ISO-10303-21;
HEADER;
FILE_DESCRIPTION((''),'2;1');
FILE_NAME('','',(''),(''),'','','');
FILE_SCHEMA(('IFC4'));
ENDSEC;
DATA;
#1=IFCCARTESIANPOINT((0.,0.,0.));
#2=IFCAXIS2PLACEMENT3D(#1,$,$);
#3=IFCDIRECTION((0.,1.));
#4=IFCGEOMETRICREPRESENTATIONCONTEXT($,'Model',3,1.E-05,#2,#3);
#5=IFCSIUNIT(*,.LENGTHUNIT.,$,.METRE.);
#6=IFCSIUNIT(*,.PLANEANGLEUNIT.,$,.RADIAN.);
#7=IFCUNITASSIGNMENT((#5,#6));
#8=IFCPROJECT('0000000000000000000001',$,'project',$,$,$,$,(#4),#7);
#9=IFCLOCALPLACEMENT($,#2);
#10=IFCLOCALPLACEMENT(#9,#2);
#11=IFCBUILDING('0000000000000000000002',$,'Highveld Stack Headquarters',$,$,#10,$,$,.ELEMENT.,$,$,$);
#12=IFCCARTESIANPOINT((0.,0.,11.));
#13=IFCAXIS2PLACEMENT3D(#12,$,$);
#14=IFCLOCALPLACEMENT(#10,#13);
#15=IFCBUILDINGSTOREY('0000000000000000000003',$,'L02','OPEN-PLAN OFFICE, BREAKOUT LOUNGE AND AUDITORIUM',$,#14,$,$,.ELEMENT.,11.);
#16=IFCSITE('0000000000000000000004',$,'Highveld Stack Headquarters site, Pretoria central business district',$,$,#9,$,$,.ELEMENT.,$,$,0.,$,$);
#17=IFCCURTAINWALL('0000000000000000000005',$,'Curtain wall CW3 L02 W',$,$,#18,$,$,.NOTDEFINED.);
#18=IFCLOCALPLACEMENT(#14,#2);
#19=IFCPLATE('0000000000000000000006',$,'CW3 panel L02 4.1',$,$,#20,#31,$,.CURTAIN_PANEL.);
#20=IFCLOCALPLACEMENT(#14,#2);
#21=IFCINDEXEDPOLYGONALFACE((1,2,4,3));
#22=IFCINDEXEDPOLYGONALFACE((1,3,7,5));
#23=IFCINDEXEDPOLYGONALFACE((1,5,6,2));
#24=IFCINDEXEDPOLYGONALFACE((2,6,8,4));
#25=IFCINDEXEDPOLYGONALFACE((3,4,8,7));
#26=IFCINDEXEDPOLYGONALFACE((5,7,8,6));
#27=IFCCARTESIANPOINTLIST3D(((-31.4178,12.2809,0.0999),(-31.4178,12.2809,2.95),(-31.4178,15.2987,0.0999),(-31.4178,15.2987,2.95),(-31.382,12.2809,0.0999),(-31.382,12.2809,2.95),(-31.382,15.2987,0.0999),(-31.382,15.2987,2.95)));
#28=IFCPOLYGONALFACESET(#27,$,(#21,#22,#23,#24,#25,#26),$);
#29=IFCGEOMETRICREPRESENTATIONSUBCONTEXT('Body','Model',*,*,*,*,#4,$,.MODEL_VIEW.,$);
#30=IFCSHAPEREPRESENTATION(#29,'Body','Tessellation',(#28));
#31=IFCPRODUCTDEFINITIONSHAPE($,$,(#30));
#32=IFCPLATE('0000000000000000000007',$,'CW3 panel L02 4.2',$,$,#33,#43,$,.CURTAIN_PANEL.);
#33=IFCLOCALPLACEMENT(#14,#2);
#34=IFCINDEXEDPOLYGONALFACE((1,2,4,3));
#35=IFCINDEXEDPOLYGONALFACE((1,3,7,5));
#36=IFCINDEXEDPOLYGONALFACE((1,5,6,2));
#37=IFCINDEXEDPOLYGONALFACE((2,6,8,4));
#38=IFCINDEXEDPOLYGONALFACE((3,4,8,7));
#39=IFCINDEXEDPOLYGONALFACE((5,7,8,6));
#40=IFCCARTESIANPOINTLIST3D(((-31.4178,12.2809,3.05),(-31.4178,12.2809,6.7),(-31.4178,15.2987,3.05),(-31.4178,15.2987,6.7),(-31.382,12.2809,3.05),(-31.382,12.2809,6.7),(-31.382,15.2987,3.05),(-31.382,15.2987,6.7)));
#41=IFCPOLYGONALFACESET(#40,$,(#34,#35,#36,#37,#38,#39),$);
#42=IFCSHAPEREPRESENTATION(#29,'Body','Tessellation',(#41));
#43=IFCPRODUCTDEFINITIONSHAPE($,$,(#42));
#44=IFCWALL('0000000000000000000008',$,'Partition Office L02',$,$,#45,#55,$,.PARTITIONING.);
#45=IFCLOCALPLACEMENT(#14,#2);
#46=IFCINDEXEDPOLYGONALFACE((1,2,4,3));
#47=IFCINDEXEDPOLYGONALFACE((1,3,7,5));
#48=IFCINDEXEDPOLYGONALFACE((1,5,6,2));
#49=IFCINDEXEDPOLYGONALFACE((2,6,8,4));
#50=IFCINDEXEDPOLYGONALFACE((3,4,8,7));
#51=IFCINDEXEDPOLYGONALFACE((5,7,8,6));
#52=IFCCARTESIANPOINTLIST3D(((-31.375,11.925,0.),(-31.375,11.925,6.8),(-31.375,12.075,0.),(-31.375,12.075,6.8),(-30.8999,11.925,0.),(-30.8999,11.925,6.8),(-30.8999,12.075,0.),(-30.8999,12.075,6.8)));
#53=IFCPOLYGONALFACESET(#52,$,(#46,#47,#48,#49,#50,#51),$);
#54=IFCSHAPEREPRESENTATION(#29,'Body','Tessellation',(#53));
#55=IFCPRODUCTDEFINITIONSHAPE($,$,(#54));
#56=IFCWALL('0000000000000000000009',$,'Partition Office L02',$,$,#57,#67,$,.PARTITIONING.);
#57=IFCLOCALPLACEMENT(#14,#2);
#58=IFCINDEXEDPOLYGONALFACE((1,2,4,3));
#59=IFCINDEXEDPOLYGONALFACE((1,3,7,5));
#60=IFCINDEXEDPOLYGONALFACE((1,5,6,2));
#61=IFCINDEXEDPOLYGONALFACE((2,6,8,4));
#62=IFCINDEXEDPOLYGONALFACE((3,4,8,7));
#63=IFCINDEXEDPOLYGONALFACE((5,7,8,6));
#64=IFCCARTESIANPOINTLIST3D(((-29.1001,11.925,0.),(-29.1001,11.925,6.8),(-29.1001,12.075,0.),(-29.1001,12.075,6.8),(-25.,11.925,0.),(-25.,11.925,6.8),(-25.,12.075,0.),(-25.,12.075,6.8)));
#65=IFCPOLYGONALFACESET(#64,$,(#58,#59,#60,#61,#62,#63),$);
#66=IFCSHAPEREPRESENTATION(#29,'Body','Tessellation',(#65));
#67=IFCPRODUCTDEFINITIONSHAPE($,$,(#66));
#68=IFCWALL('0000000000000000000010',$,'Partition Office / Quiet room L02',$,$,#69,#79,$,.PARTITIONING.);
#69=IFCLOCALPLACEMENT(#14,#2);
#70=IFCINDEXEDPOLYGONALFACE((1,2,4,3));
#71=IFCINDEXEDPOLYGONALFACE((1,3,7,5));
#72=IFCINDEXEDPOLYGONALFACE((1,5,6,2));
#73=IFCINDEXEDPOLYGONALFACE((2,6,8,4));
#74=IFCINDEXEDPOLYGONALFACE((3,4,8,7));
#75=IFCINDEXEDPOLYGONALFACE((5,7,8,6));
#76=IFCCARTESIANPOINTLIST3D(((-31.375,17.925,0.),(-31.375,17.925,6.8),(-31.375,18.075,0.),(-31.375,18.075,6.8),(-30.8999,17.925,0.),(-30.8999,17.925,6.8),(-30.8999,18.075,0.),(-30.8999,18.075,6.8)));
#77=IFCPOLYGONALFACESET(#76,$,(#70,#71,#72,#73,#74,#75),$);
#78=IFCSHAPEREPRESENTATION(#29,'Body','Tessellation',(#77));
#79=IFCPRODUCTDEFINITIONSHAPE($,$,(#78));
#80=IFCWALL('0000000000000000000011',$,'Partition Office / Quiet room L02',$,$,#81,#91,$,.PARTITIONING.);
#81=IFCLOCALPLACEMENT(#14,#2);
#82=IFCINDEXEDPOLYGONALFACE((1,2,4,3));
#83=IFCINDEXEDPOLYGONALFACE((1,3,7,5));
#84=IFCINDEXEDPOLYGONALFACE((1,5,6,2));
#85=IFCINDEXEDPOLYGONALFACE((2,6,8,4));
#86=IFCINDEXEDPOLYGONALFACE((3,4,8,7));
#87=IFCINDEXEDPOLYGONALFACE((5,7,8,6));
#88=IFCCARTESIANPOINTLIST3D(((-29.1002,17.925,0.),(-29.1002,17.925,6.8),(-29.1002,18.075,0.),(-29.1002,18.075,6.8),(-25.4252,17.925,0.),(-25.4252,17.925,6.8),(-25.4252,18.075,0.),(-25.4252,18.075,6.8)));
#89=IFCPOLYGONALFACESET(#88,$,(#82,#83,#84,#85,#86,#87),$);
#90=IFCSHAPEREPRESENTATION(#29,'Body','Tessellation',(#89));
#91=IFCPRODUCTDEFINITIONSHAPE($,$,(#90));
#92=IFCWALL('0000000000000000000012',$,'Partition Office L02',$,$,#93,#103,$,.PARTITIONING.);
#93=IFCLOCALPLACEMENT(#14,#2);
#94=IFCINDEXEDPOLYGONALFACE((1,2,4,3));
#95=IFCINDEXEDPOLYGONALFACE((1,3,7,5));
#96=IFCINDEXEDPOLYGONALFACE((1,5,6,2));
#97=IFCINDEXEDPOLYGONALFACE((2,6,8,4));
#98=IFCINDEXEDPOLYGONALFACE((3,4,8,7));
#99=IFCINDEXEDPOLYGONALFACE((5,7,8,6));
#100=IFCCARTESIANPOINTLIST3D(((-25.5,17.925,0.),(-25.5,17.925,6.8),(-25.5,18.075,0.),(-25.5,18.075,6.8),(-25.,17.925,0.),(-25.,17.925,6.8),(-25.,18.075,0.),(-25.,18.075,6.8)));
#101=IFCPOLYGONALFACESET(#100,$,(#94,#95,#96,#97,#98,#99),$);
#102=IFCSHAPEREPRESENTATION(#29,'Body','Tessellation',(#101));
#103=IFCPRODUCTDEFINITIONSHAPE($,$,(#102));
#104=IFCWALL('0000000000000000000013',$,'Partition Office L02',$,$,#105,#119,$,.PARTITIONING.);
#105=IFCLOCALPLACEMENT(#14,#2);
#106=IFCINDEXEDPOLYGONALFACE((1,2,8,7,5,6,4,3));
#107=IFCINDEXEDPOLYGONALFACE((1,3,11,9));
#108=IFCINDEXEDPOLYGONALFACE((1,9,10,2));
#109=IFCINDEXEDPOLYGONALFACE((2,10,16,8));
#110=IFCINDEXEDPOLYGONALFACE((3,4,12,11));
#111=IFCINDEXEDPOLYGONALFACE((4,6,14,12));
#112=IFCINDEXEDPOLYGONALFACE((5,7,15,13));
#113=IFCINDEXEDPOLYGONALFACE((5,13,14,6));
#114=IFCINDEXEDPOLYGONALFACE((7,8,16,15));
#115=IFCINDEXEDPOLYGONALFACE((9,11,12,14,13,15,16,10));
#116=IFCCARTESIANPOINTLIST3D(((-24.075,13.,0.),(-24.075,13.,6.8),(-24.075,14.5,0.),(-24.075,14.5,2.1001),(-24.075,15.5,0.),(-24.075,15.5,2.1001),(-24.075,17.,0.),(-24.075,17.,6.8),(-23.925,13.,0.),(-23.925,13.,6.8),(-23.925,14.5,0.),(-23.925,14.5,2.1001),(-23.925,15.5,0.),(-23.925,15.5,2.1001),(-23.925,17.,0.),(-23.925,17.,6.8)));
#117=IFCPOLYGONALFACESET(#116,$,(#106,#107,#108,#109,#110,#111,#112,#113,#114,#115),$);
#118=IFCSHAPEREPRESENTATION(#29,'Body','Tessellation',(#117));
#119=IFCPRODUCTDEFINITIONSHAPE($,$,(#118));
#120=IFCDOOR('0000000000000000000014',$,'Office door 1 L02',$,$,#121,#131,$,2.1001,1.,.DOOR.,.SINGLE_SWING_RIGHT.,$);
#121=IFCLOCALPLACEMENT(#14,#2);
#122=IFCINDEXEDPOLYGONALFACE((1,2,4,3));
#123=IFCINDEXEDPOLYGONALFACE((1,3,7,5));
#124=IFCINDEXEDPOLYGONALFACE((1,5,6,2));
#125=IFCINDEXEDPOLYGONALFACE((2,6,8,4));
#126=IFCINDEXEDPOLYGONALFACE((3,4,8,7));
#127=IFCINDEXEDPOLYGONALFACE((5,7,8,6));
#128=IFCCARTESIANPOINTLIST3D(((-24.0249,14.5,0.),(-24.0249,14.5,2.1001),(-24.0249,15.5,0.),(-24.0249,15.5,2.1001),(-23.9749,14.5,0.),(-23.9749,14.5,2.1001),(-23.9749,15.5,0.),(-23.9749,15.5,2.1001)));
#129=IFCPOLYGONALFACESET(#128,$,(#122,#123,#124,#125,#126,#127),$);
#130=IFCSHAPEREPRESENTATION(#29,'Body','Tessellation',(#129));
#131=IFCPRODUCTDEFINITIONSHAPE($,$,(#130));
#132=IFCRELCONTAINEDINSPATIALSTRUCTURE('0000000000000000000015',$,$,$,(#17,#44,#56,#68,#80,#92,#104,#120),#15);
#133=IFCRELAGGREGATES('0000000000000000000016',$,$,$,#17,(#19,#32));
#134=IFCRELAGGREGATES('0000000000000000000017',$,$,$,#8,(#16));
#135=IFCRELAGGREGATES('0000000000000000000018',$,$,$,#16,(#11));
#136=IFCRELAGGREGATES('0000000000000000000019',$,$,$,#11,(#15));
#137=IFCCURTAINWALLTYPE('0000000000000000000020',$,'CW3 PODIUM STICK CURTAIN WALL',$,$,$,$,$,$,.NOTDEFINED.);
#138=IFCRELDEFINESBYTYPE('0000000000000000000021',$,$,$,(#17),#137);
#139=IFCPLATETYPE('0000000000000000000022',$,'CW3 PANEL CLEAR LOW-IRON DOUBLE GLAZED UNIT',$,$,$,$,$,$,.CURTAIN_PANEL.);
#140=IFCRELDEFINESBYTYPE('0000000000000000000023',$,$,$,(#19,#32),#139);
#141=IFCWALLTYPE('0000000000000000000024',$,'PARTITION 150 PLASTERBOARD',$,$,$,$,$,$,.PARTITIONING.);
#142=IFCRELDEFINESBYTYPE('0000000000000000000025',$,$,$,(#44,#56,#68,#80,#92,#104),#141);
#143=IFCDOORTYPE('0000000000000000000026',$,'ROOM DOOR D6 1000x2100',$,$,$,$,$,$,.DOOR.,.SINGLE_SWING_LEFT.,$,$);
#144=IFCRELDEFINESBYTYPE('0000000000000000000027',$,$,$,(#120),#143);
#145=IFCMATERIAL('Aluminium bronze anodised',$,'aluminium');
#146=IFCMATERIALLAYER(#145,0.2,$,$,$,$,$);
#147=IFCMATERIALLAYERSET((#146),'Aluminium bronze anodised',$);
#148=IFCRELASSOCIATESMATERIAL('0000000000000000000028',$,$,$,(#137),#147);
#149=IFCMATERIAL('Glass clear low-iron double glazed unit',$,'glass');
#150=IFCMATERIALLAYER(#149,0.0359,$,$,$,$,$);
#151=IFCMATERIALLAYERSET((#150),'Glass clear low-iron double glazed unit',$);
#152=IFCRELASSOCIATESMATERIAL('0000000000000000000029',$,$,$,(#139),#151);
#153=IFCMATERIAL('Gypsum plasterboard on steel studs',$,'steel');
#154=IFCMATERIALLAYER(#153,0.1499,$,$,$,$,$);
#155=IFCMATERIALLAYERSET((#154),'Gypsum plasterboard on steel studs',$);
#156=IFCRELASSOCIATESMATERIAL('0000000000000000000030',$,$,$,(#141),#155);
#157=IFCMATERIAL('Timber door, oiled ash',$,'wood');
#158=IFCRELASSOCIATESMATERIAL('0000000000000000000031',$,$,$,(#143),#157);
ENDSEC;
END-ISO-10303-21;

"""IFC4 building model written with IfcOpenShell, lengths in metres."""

from ifc_helpers import new_model, si_unit, direction, frame, frame_2d, origin, origin_2d, place, context, subcontext, project, spatial, rectangle, extrude, material, layer, layer_set, type_object, element, fill, aggregate, save


model = new_model("IFC4")

# Units and contexts
model_context = context("Model", 3, precision=1e-05, world=origin(), true_north=direction((0.0, 1.0)))
body_context = subcontext(model_context, "Body", "Model", "MODEL_VIEW")
ifc_project = project(units=[si_unit("LENGTHUNIT", "METRE"), si_unit("PLANEANGLEUNIT", "RADIAN")], contexts=[model_context])

# Site, building, storey
site_placement = place(None, origin())
site = spatial("IfcSite", under=ifc_project, at=site_placement, Name="Highveld Stack Headquarters site, Pretoria central business district", CompositionType="ELEMENT", RefElevation=0.0)
building_placement = place(site_placement, origin())
building = spatial("IfcBuilding", under=site, at=building_placement, Name="Highveld Stack Headquarters", CompositionType="ELEMENT")
storey_placement = place(building_placement, frame((0.0, 0.0, 11.0)))
storey = spatial("IfcBuildingStorey", under=building, at=storey_placement, Name="L02", Description="OPEN-PLAN OFFICE, BREAKOUT LOUNGE AND AUDITORIUM", CompositionType="ELEMENT", Elevation=11.0)

# Curtain wall, plates
ifc_material_1 = material(Name="Aluminium bronze anodised", Category="aluminium")
ifc_layer_1 = layer(ifc_material_1, 0.2)
ifc_layer_set_1 = layer_set([ifc_layer_1], Name="Aluminium bronze anodised")
curtain_wall_type = type_object("IfcCurtainWallType", Name="CW3 PODIUM STICK CURTAIN WALL", PredefinedType="NOTDEFINED", material=ifc_layer_set_1)
curtain_wall_placement = place(storey_placement, origin())
curtain_wall = element("IfcCurtainWall", 1, at=curtain_wall_placement, inside=storey, type_object=curtain_wall_type, Name="Curtain wall CW3 L02 W", PredefinedType="NOTDEFINED")
ifc_material_2 = material(Name="Glass clear low-iron double glazed unit", Category="glass")
ifc_layer_2 = layer(ifc_material_2, 0.0359)
ifc_layer_set_2 = layer_set([ifc_layer_2], Name="Glass clear low-iron double glazed unit")
plate_type = type_object("IfcPlateType", Name="CW3 PANEL CLEAR LOW-IRON DOUBLE GLAZED UNIT", PredefinedType="CURTAIN_PANEL", material=ifc_layer_set_2)
plate_1_placement = place(storey_placement, frame((-31.3999, 13.7898, 0.0999), z_axis=(0.0, 0.0, 1.0), x_axis=(0.0, -1.0, 0.0)))
plate_1 = element("IfcPlate", 2, at=plate_1_placement, type_object=plate_type, Name="CW3 panel L02 4.1", PredefinedType="CURTAIN_PANEL", context=body_context, shape_type="SweptSolid", body=[
    extrude(rectangle(XDim=3.0178, YDim=0.0359, at=origin_2d()), origin(), (0.0, 0.0, 1.0), 2.8501),
])
plate_2_placement = place(storey_placement, frame((-31.3999, 13.7898, 3.05), z_axis=(0.0, 0.0, 1.0), x_axis=(0.0, -1.0, 0.0)))
plate_2 = element("IfcPlate", 3, at=plate_2_placement, type_object=plate_type, Name="CW3 panel L02 4.2", PredefinedType="CURTAIN_PANEL", context=body_context, shape_type="SweptSolid", body=[
    extrude(rectangle(XDim=3.0178, YDim=0.0359, at=origin_2d()), origin(), (0.0, 0.0, 1.0), 3.6499),
])
aggregate(curtain_wall, [plate_1, plate_2])

# Walls
ifc_material_3 = material(Name="Gypsum plasterboard on steel studs", Category="steel")
ifc_layer_3 = layer(ifc_material_3, 0.1499)
ifc_layer_set_3 = layer_set([ifc_layer_3], Name="Gypsum plasterboard on steel studs")
wall_type = type_object("IfcWallType", Name="PARTITION 150 PLASTERBOARD", PredefinedType="PARTITIONING", material=ifc_layer_set_3)
wall_1_placement = place(storey_placement, frame((-31.375, 12.0, 0.0), z_axis=(0.0, 0.0, 1.0), x_axis=(1.0, 0.0, 0.0)))
element("IfcWall", 4, at=wall_1_placement, inside=storey, type_object=wall_type, Name="Partition Office L02", PredefinedType="PARTITIONING", context=body_context, shape_type="SweptSolid", body=[
    extrude(rectangle(XDim=0.4751, YDim=0.1499, at=frame_2d((0.2375, 0.0))), origin(), (0.0, 0.0, 1.0), 6.8),
])
wall_2_placement = place(storey_placement, frame((-29.1001, 12.0, 0.0), z_axis=(0.0, 0.0, 1.0), x_axis=(1.0, 0.0, 0.0)))
element("IfcWall", 5, at=wall_2_placement, inside=storey, type_object=wall_type, Name="Partition Office L02", PredefinedType="PARTITIONING", context=body_context, shape_type="SweptSolid", body=[
    extrude(rectangle(XDim=4.1001, YDim=0.1499, at=frame_2d((2.05, 0.0))), origin(), (0.0, 0.0, 1.0), 6.8),
])
wall_3_placement = place(storey_placement, frame((-31.375, 18.0, 0.0), z_axis=(0.0, 0.0, 1.0), x_axis=(1.0, 0.0, 0.0)))
element("IfcWall", 6, at=wall_3_placement, inside=storey, type_object=wall_type, Name="Partition Office / Quiet room L02", PredefinedType="PARTITIONING", context=body_context, shape_type="SweptSolid", body=[
    extrude(rectangle(XDim=0.4751, YDim=0.1499, at=frame_2d((0.2375, 0.0))), origin(), (0.0, 0.0, 1.0), 6.8),
])
wall_4_placement = place(storey_placement, frame((-29.1001, 18.0, 0.0), z_axis=(0.0, 0.0, 1.0), x_axis=(1.0, 0.0, 0.0)))
element("IfcWall", 7, at=wall_4_placement, inside=storey, type_object=wall_type, Name="Partition Office / Quiet room L02", PredefinedType="PARTITIONING", context=body_context, shape_type="SweptSolid", body=[
    extrude(rectangle(XDim=3.675, YDim=0.1499, at=frame_2d((1.8374, 0.0))), origin(), (0.0, 0.0, 1.0), 6.8),
])
wall_5_placement = place(storey_placement, frame((-25.5, 18.0, 0.0), z_axis=(0.0, 0.0, 1.0), x_axis=(1.0, 0.0, 0.0)))
element("IfcWall", 8, at=wall_5_placement, inside=storey, type_object=wall_type, Name="Partition Office L02", PredefinedType="PARTITIONING", context=body_context, shape_type="SweptSolid", body=[
    extrude(rectangle(XDim=0.5, YDim=0.1499, at=frame_2d((0.25, 0.0))), origin(), (0.0, 0.0, 1.0), 6.8),
])

# Wall, opening, door
wall_6_placement = place(storey_placement, frame((-24.0, 13.0, 0.0), z_axis=(0.0, 0.0, 1.0), x_axis=(0.0, 1.0, 0.0)))
wall_6 = element("IfcWall", 9, at=wall_6_placement, inside=storey, type_object=wall_type, Name="Partition Office L02", PredefinedType="PARTITIONING", context=body_context, shape_type="SweptSolid", body=[
    extrude(rectangle(XDim=4.0, YDim=0.1499, at=frame_2d((2.0, 0.0))), origin(), (0.0, 0.0, 1.0), 6.8),
])
opening_placement = place(wall_6_placement, frame((1.5, 0.0, 0.0)))
opening = element("IfcOpeningElement", 10, at=opening_placement, cuts=wall_6, PredefinedType="OPENING", context=body_context, shape_type="SweptSolid", body=[
    extrude(rectangle(XDim=1.0, YDim=2.1001, at=frame_2d((0.5, 1.05))), frame((0.0, 0.085, 0.0), z_axis=(0.0, -1.0, 0.0), x_axis=(1.0, 0.0, 0.0)), (0.0, 0.0, 1.0), 0.1699),
])
ifc_material_4 = material(Name="Timber door, oiled ash", Category="wood")
door_type = type_object("IfcDoorType", Name="ROOM DOOR D6 1000x2100", OperationType="SINGLE_SWING_LEFT", PredefinedType="DOOR", material=ifc_material_4)
door_placement = place(opening_placement, origin())
door = element("IfcDoor", 11, at=door_placement, inside=storey, type_object=door_type, Name="Office door 1 L02", OperationType="SINGLE_SWING_RIGHT", OverallHeight=2.1001, OverallWidth=1.0, PredefinedType="DOOR", context=body_context, shape_type="SweptSolid", body=[
    extrude(rectangle(XDim=1.0, YDim=2.1001, at=frame_2d((0.5, 1.05))), frame((0.0, 0.0249, 0.0), z_axis=(0.0, -1.0, 0.0), x_axis=(1.0, 0.0, 0.0)), (0.0, 0.0, 1.0), 0.05),
])
fill(opening, door)

save(model, "model.ifc")
